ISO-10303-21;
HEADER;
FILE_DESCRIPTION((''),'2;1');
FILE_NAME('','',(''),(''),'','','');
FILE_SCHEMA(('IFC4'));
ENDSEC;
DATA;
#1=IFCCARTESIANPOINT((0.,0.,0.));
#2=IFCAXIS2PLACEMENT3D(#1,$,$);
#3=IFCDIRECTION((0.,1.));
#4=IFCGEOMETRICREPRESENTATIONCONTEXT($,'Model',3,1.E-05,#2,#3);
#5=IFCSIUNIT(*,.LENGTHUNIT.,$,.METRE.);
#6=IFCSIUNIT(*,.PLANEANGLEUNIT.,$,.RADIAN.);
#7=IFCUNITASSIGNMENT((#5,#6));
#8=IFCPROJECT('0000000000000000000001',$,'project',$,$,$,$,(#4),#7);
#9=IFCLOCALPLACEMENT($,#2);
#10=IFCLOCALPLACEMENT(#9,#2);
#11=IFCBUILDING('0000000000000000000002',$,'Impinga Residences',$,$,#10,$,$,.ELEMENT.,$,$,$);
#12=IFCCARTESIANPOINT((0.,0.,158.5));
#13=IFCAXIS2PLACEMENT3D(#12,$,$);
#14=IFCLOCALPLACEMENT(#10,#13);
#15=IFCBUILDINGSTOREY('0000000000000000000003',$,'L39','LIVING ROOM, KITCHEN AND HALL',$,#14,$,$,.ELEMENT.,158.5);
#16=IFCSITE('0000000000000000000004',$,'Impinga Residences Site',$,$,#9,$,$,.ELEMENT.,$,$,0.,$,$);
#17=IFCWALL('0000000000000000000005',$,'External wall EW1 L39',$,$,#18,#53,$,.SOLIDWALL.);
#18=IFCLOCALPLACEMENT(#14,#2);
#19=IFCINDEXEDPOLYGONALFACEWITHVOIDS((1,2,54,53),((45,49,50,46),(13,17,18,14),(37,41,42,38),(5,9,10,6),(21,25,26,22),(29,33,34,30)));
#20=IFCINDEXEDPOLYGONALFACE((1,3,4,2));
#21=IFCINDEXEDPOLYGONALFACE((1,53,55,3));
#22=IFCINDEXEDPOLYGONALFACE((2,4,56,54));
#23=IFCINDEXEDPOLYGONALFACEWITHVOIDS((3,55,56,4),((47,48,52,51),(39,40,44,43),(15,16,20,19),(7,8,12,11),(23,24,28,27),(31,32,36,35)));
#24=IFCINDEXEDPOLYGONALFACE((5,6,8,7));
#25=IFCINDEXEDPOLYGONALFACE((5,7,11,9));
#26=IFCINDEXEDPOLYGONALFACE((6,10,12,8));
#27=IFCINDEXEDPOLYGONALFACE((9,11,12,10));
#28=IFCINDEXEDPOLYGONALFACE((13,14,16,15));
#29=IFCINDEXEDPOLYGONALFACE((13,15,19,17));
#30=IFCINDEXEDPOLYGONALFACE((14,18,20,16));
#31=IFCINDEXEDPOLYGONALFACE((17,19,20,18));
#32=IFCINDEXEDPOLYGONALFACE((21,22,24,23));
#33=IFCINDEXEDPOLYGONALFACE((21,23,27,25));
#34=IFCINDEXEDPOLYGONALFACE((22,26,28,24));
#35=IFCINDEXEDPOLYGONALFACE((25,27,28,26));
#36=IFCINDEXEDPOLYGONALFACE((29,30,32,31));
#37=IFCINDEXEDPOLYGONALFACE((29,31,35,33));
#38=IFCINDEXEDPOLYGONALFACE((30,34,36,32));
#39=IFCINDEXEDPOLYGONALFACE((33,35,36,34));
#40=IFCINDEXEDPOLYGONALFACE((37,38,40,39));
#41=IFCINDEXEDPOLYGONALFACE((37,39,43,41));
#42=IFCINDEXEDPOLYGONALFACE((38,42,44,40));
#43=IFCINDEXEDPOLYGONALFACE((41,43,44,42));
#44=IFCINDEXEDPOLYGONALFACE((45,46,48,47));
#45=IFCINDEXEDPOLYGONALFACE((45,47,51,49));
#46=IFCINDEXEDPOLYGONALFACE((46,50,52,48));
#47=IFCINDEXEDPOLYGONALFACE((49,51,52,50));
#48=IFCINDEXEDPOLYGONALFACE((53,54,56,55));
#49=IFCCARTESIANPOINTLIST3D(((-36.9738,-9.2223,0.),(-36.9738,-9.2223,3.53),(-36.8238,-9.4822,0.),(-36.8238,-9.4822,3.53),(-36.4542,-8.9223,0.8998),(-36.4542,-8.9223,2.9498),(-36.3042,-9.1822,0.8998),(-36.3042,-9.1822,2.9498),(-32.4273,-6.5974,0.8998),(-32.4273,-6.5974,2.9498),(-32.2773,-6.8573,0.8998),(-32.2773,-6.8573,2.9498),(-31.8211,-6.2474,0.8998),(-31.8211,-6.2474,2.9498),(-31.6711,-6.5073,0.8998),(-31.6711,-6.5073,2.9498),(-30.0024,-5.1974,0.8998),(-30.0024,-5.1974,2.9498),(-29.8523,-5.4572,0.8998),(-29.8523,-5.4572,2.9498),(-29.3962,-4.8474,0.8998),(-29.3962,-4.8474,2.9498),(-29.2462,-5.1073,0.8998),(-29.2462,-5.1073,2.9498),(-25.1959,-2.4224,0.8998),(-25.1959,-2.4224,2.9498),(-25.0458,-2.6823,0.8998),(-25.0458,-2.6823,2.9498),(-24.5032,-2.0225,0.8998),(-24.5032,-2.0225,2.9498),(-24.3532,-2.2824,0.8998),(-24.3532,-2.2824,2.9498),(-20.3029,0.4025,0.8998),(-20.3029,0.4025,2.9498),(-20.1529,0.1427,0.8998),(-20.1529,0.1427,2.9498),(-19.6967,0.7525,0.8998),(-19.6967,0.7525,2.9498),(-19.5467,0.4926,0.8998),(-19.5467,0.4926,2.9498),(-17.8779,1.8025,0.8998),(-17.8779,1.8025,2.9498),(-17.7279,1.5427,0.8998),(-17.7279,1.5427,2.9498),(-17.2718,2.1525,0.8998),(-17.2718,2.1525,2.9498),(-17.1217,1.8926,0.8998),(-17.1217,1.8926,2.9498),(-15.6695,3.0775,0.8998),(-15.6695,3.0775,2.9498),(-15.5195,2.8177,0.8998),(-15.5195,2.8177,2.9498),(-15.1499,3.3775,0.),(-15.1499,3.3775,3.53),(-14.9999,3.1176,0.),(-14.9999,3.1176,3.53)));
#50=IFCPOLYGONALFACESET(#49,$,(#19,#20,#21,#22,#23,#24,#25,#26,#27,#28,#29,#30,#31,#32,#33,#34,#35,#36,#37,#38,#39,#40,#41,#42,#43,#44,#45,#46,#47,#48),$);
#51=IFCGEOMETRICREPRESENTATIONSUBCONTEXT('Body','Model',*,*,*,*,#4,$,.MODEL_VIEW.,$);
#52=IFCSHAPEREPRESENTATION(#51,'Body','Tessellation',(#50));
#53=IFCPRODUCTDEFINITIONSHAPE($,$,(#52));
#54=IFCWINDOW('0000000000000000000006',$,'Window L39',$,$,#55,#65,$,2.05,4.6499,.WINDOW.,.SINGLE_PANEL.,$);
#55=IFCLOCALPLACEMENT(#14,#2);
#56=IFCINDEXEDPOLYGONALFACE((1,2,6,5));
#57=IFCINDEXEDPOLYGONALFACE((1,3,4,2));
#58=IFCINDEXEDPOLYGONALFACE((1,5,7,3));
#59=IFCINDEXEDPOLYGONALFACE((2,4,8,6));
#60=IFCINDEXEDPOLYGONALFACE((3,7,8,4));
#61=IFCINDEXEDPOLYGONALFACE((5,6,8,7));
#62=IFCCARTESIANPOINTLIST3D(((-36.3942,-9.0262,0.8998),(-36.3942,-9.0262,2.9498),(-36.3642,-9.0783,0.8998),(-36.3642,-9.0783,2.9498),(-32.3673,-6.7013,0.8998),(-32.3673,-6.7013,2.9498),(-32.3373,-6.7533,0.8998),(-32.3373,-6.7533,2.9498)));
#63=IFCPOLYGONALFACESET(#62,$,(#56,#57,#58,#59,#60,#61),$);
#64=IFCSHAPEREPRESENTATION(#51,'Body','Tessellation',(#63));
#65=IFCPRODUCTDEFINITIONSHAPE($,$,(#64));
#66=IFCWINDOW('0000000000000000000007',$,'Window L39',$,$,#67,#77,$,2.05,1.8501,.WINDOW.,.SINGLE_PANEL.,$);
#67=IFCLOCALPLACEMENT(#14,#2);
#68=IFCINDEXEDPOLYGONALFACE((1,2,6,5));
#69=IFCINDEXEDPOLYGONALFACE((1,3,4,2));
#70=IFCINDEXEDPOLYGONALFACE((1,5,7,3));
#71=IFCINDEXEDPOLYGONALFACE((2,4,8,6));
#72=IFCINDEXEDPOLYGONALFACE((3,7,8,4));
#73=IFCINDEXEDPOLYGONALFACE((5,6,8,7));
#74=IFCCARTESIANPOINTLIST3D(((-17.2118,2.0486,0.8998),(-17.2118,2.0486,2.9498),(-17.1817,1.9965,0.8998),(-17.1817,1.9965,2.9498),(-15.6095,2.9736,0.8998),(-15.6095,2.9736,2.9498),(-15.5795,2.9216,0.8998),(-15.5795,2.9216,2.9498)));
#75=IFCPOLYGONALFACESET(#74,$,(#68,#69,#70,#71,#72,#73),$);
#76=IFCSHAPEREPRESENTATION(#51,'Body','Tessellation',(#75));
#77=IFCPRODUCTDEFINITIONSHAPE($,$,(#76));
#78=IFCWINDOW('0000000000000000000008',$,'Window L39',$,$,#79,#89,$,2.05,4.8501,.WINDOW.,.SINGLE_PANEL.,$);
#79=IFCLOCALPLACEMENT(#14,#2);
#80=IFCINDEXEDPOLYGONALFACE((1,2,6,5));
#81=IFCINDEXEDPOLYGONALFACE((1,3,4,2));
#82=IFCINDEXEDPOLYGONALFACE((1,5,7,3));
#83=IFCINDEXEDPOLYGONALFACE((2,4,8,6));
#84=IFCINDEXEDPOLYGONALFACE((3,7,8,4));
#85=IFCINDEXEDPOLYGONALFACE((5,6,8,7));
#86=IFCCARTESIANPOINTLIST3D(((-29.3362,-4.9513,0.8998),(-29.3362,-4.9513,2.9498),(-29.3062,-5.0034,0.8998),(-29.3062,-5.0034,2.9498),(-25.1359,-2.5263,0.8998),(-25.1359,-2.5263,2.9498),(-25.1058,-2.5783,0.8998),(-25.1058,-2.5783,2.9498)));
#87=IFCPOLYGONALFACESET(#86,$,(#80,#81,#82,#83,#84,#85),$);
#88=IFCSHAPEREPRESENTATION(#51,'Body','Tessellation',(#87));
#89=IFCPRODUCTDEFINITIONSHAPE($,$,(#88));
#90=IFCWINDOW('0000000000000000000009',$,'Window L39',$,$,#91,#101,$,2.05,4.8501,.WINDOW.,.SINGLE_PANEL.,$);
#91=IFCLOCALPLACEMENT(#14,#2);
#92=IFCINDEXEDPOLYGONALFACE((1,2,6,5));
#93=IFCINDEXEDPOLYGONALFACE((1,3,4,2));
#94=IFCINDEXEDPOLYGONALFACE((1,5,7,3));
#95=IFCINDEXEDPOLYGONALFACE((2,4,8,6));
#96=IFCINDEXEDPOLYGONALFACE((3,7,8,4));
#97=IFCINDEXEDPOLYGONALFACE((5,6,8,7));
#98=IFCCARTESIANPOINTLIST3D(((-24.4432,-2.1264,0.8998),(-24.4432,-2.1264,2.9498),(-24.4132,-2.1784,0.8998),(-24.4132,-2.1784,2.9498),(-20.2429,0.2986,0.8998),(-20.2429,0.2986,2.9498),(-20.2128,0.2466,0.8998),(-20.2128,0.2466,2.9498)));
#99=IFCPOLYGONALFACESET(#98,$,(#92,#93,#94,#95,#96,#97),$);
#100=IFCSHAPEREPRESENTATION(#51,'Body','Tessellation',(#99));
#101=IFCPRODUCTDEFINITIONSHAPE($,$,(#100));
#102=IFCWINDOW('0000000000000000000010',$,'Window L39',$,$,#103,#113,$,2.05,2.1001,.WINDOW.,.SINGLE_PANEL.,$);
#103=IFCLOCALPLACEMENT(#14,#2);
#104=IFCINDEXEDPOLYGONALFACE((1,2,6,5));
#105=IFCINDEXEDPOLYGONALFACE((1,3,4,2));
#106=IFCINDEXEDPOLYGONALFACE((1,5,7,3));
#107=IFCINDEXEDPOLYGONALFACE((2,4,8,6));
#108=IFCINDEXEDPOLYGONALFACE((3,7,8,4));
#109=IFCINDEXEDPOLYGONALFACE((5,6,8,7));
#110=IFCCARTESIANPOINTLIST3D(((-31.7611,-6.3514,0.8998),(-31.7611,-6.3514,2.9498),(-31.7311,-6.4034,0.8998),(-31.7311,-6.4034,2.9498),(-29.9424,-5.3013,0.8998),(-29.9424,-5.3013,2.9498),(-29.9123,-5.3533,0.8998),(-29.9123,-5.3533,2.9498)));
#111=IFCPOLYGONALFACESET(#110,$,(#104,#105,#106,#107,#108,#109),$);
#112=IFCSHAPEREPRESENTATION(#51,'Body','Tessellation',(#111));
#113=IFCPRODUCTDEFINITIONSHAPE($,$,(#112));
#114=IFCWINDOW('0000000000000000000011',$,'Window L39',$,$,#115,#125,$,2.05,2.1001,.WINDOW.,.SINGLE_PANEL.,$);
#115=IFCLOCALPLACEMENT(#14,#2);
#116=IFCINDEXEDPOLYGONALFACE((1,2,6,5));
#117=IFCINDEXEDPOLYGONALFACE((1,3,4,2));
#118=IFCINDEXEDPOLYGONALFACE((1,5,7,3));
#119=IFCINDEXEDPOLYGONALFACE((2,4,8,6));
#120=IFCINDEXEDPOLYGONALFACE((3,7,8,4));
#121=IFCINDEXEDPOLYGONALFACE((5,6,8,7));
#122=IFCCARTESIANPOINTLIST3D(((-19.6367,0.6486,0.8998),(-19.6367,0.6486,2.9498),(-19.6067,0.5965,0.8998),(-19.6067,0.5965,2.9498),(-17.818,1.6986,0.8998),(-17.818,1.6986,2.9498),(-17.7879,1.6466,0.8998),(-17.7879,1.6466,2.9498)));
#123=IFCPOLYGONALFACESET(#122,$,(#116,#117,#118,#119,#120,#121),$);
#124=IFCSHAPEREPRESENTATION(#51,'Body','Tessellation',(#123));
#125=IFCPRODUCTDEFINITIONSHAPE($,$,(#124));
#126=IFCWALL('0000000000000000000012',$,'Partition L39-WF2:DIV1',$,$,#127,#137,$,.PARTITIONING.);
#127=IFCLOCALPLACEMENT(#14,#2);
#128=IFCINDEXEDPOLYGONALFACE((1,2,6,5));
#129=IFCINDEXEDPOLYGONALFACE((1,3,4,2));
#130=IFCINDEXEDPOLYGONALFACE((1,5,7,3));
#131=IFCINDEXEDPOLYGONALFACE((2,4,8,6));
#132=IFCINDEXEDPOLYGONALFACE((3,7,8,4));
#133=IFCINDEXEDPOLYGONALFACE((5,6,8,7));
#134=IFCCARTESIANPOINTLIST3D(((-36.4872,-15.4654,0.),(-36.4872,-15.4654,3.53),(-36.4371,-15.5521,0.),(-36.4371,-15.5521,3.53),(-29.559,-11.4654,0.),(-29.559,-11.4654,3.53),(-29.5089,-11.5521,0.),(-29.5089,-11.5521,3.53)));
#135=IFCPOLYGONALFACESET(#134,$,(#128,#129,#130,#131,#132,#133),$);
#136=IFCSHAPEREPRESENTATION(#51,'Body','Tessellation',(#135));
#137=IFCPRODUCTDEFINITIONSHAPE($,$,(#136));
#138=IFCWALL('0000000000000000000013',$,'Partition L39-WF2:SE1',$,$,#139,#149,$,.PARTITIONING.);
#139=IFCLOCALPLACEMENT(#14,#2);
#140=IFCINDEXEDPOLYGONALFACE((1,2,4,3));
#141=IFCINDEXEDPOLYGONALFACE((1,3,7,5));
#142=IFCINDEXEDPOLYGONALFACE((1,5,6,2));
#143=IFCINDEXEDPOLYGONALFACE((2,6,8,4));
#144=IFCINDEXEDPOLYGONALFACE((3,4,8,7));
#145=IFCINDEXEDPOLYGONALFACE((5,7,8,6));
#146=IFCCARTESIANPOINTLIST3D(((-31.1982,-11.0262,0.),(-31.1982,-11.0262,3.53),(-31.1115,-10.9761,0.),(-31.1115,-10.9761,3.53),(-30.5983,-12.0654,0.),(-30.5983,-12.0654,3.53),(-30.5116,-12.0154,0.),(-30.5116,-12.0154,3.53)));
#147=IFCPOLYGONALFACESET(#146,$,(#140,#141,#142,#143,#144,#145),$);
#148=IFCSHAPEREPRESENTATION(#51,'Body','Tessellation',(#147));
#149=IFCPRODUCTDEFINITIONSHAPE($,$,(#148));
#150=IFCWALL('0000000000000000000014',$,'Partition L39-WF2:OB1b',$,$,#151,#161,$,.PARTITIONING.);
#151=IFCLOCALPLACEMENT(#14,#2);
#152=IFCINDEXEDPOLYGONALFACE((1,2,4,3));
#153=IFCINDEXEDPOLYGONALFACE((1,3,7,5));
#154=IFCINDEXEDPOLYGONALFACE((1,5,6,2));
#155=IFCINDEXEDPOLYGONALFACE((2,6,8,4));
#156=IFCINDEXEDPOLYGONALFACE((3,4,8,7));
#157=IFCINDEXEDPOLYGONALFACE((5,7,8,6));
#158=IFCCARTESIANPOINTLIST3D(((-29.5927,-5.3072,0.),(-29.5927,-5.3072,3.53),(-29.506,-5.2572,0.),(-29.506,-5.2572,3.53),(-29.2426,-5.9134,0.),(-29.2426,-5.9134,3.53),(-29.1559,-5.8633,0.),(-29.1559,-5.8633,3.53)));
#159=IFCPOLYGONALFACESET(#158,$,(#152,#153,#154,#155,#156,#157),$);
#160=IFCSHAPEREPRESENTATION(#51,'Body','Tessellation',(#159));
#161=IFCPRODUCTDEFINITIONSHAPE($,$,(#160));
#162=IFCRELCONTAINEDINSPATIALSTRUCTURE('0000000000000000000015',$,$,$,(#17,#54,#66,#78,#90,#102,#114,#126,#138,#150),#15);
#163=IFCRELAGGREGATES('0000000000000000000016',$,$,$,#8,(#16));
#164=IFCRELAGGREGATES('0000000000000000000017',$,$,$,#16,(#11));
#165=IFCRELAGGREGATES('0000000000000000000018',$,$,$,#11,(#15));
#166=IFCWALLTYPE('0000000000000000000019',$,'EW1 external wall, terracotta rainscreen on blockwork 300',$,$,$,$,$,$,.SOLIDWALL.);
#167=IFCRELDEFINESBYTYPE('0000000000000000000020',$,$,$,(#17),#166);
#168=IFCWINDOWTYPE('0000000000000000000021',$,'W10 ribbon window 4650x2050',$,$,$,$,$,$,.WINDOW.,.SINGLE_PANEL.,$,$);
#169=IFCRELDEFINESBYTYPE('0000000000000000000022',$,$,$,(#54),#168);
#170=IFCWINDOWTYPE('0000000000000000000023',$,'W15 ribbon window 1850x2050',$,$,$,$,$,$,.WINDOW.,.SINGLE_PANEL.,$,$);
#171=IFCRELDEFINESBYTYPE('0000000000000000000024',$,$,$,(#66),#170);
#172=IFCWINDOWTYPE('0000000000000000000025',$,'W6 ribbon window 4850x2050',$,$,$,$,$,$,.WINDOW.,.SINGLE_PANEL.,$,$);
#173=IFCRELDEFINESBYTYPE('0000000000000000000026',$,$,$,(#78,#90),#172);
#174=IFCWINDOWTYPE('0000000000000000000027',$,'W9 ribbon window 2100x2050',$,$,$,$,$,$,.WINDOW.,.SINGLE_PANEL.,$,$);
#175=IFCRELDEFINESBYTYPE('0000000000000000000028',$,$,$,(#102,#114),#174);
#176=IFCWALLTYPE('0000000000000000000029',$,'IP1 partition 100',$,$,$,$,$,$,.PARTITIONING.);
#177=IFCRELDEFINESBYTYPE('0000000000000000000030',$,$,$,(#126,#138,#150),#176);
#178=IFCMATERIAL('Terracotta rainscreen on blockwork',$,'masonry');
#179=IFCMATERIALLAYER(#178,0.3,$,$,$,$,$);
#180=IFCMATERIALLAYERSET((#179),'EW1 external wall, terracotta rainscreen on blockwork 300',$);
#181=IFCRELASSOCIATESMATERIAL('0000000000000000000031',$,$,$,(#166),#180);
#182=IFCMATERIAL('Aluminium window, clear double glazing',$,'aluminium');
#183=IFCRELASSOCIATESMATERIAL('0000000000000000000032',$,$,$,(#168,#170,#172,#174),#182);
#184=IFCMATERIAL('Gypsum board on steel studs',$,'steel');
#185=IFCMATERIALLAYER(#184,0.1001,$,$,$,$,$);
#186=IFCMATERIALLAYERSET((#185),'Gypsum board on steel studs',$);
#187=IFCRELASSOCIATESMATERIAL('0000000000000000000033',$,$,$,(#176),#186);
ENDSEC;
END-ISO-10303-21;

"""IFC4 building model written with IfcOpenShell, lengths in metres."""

from ifc_helpers import new_model, si_unit, direction, frame, frame_2d, origin, place, context, subcontext, project, spatial, rectangle, extrude, material, layer, layer_set, type_object, element, fill, save


model = new_model("IFC4")

# Units and contexts
model_context = context("Model", 3, precision=1e-05, world=origin(), true_north=direction((0.0, 1.0)))
body_context = subcontext(model_context, "Body", "Model", "MODEL_VIEW")
ifc_project = project(units=[si_unit("LENGTHUNIT", "METRE"), si_unit("PLANEANGLEUNIT", "RADIAN")], contexts=[model_context])

# Site, building, storey
site_placement = place(None, origin())
site = spatial("IfcSite", under=ifc_project, at=site_placement, Name="Impinga Residences Site", CompositionType="ELEMENT", RefElevation=0.0)
building_placement = place(site_placement, origin())
building = spatial("IfcBuilding", under=site, at=building_placement, Name="Impinga Residences", CompositionType="ELEMENT")
storey_placement = place(building_placement, frame((0.0, 0.0, 158.5)))
storey = spatial("IfcBuildingStorey", under=building, at=storey_placement, Name="L39", Description="LIVING ROOM, KITCHEN AND HALL", CompositionType="ELEMENT", Elevation=158.5)

# Shared definitions
ifc_material_1 = material(Name="Terracotta rainscreen on blockwork", Category="masonry")
ifc_layer_1 = layer(ifc_material_1, 0.3)
ifc_layer_set_1 = layer_set([ifc_layer_1], Name="EW1 external wall, terracotta rainscreen on blockwork 300")
wall_type_1 = type_object("IfcWallType", Name="EW1 external wall, terracotta rainscreen on blockwork 300", PredefinedType="SOLIDWALL", material=ifc_layer_set_1)

# Wall, openings, windows
wall_1_placement = place(storey_placement, frame((-36.8989, -9.3523, 0.0), z_axis=(0.0, 0.0, 1.0), x_axis=(0.866029, 0.499993, 0.0)))
wall_1 = element("IfcWall", 1, at=wall_1_placement, inside=storey, type_object=wall_type_1, Name="External wall EW1 L39", PredefinedType="SOLIDWALL", context=body_context, shape_type="SweptSolid", body=[
    extrude(rectangle(XDim=25.2, YDim=0.3, at=frame_2d((12.6001, 0.0))), origin(), (0.0, 0.0, 1.0), 3.53),
])
opening_1_placement = place(wall_1_placement, frame((0.6001, 0.0, 0.8999)))
opening_1 = element("IfcOpeningElement", 2, at=opening_1_placement, cuts=wall_1, PredefinedType="OPENING", context=body_context, shape_type="SweptSolid", body=[
    extrude(rectangle(XDim=4.6499, YDim=2.05, at=frame_2d((2.325, 1.0249))), frame((0.0, 0.1599, 0.0), z_axis=(0.0, -1.0, 0.0), x_axis=(1.0, 0.0, 0.0)), (0.0, 0.0, 1.0), 0.3201),
])
opening_2_placement = place(wall_1_placement, frame((5.95, 0.0, 0.8999)))
opening_2 = element("IfcOpeningElement", 3, at=opening_2_placement, cuts=wall_1, PredefinedType="OPENING", context=body_context, shape_type="SweptSolid", body=[
    extrude(rectangle(XDim=2.1001, YDim=2.05, at=frame_2d((1.05, 1.0249))), frame((0.0, 0.1599, 0.0), z_axis=(0.0, -1.0, 0.0), x_axis=(1.0, 0.0, 0.0)), (0.0, 0.0, 1.0), 0.3201),
])
opening_3_placement = place(wall_1_placement, frame((8.75, 0.0, 0.8999)))
opening_3 = element("IfcOpeningElement", 4, at=opening_3_placement, cuts=wall_1, PredefinedType="OPENING", context=body_context, shape_type="SweptSolid", body=[
    extrude(rectangle(XDim=4.8501, YDim=2.05, at=frame_2d((2.425, 1.0249))), frame((0.0, 0.1599, 0.0), z_axis=(0.0, -1.0, 0.0), x_axis=(1.0, 0.0, 0.0)), (0.0, 0.0, 1.0), 0.3201),
])
opening_4_placement = place(wall_1_placement, frame((14.3999, 0.0, 0.8999)))
opening_4 = element("IfcOpeningElement", 5, at=opening_4_placement, cuts=wall_1, PredefinedType="OPENING", context=body_context, shape_type="SweptSolid", body=[
    extrude(rectangle(XDim=4.8501, YDim=2.05, at=frame_2d((2.425, 1.0249))), frame((0.0, 0.1599, 0.0), z_axis=(0.0, -1.0, 0.0), x_axis=(1.0, 0.0, 0.0)), (0.0, 0.0, 1.0), 0.3201),
])
opening_5_placement = place(wall_1_placement, frame((19.95, 0.0, 0.8999)))
opening_5 = element("IfcOpeningElement", 6, at=opening_5_placement, cuts=wall_1, PredefinedType="OPENING", context=body_context, shape_type="SweptSolid", body=[
    extrude(rectangle(XDim=2.1001, YDim=2.05, at=frame_2d((1.05, 1.0249))), frame((0.0, 0.1599, 0.0), z_axis=(0.0, -1.0, 0.0), x_axis=(1.0, 0.0, 0.0)), (0.0, 0.0, 1.0), 0.3201),
])
opening_6_placement = place(wall_1_placement, frame((22.75, 0.0, 0.8999)))
opening_6 = element("IfcOpeningElement", 7, at=opening_6_placement, cuts=wall_1, PredefinedType="OPENING", context=body_context, shape_type="SweptSolid", body=[
    extrude(rectangle(XDim=1.8501, YDim=2.05, at=frame_2d((0.925, 1.0249))), frame((0.0, 0.1599, 0.0), z_axis=(0.0, -1.0, 0.0), x_axis=(1.0, 0.0, 0.0)), (0.0, 0.0, 1.0), 0.3201),
])
ifc_material_2 = material(Name="Aluminium window, clear double glazing", Category="aluminium")
window_type_1 = type_object("IfcWindowType", Name="W10 ribbon window 4650x2050", PartitioningType="SINGLE_PANEL", PredefinedType="WINDOW", material=ifc_material_2)
window_1_placement = place(opening_1_placement, origin())
window_1 = element("IfcWindow", 8, at=window_1_placement, inside=storey, type_object=window_type_1, Name="Window L39", OverallHeight=2.05, OverallWidth=4.6499, PartitioningType="SINGLE_PANEL", PredefinedType="WINDOW", context=body_context, shape_type="SweptSolid", body=[
    extrude(rectangle(XDim=4.6499, YDim=2.05, at=frame_2d((2.325, 1.0249))), frame((0.0, 0.03, 0.0), z_axis=(0.0, -1.0, 0.0), x_axis=(1.0, 0.0, 0.0)), (0.0, 0.0, 1.0), 0.0601),
])
fill(opening_1, window_1)
window_type_2 = type_object("IfcWindowType", Name="W15 ribbon window 1850x2050", PartitioningType="SINGLE_PANEL", PredefinedType="WINDOW", material=ifc_material_2)
window_2_placement = place(opening_6_placement, origin())
window_2 = element("IfcWindow", 9, at=window_2_placement, inside=storey, type_object=window_type_2, Name="Window L39", OverallHeight=2.05, OverallWidth=1.8501, PartitioningType="SINGLE_PANEL", PredefinedType="WINDOW", context=body_context, shape_type="SweptSolid", body=[
    extrude(rectangle(XDim=1.8501, YDim=2.05, at=frame_2d((0.925, 1.0249))), frame((0.0, 0.03, 0.0), z_axis=(0.0, -1.0, 0.0), x_axis=(1.0, 0.0, 0.0)), (0.0, 0.0, 1.0), 0.0601),
])
fill(opening_6, window_2)
window_type_3 = type_object("IfcWindowType", Name="W6 ribbon window 4850x2050", PartitioningType="SINGLE_PANEL", PredefinedType="WINDOW", material=ifc_material_2)
window_3_placement = place(opening_3_placement, origin())
window_3 = element("IfcWindow", 10, at=window_3_placement, inside=storey, type_object=window_type_3, Name="Window L39", OverallHeight=2.05, OverallWidth=4.8501, PartitioningType="SINGLE_PANEL", PredefinedType="WINDOW", context=body_context, shape_type="SweptSolid", body=[
    extrude(rectangle(XDim=4.8501, YDim=2.05, at=frame_2d((2.425, 1.0249))), frame((0.0, 0.03, 0.0), z_axis=(0.0, -1.0, 0.0), x_axis=(1.0, 0.0, 0.0)), (0.0, 0.0, 1.0), 0.0601),
])
fill(opening_3, window_3)
window_4_placement = place(opening_4_placement, origin())
window_4 = element("IfcWindow", 11, at=window_4_placement, inside=storey, type_object=window_type_3, Name="Window L39", OverallHeight=2.05, OverallWidth=4.8501, PartitioningType="SINGLE_PANEL", PredefinedType="WINDOW", context=body_context, shape_type="SweptSolid", body=[
    extrude(rectangle(XDim=4.8501, YDim=2.05, at=frame_2d((2.425, 1.0249))), frame((0.0, 0.03, 0.0), z_axis=(0.0, -1.0, 0.0), x_axis=(1.0, 0.0, 0.0)), (0.0, 0.0, 1.0), 0.0601),
])
fill(opening_4, window_4)
window_type_4 = type_object("IfcWindowType", Name="W9 ribbon window 2100x2050", PartitioningType="SINGLE_PANEL", PredefinedType="WINDOW", material=ifc_material_2)
window_5_placement = place(opening_2_placement, origin())
window_5 = element("IfcWindow", 12, at=window_5_placement, inside=storey, type_object=window_type_4, Name="Window L39", OverallHeight=2.05, OverallWidth=2.1001, PartitioningType="SINGLE_PANEL", PredefinedType="WINDOW", context=body_context, shape_type="SweptSolid", body=[
    extrude(rectangle(XDim=2.1001, YDim=2.05, at=frame_2d((1.05, 1.0249))), frame((0.0, 0.03, 0.0), z_axis=(0.0, -1.0, 0.0), x_axis=(1.0, 0.0, 0.0)), (0.0, 0.0, 1.0), 0.0601),
])
fill(opening_2, window_5)
window_6_placement = place(opening_5_placement, origin())
window_6 = element("IfcWindow", 13, at=window_6_placement, inside=storey, type_object=window_type_4, Name="Window L39", OverallHeight=2.05, OverallWidth=2.1001, PartitioningType="SINGLE_PANEL", PredefinedType="WINDOW", context=body_context, shape_type="SweptSolid", body=[
    extrude(rectangle(XDim=2.1001, YDim=2.05, at=frame_2d((1.05, 1.0249))), frame((0.0, 0.03, 0.0), z_axis=(0.0, -1.0, 0.0), x_axis=(1.0, 0.0, 0.0)), (0.0, 0.0, 1.0), 0.0601),
])
fill(opening_5, window_6)

# Walls
ifc_material_3 = material(Name="Gypsum board on steel studs", Category="steel")
ifc_layer_2 = layer(ifc_material_3, 0.1001)
ifc_layer_set_2 = layer_set([ifc_layer_2], Name="Gypsum board on steel studs")
wall_type_2 = type_object("IfcWallType", Name="IP1 partition 100", PredefinedType="PARTITIONING", material=ifc_layer_set_2)
wall_2_placement = place(storey_placement, frame((-29.5339, -11.5088, 0.0), z_axis=(0.0, 0.0, 1.0), x_axis=(-0.866026, -0.499999, 0.0)))
element("IfcWall", 14, at=wall_2_placement, inside=storey, type_object=wall_type_2, Name="Partition L39-WF2:DIV1", PredefinedType="PARTITIONING", context=body_context, shape_type="SweptSolid", body=[
    extrude(rectangle(XDim=8.0, YDim=0.1001, at=frame_2d((4.0, 0.0))), origin(), (0.0, 0.0, 1.0), 3.53),
])
wall_3_placement = place(storey_placement, frame((-30.5549, -12.0405, 0.0), z_axis=(0.0, 0.0, 1.0), x_axis=(-0.499881, 0.866094, 0.0)))
element("IfcWall", 15, at=wall_3_placement, inside=storey, type_object=wall_type_2, Name="Partition L39-WF2:SE1", PredefinedType="PARTITIONING", context=body_context, shape_type="SweptSolid", body=[
    extrude(rectangle(XDim=1.2, YDim=0.1001, at=frame_2d((0.6001, 0.0))), origin(), (0.0, 0.0, 1.0), 3.53),
])
wall_4_placement = place(storey_placement, frame((-29.1992, -5.8884, 0.0), z_axis=(0.0, 0.0, 1.0), x_axis=(-0.500115, 0.865959, 0.0)))
element("IfcWall", 16, at=wall_4_placement, inside=storey, type_object=wall_type_2, Name="Partition L39-WF2:OB1b", PredefinedType="PARTITIONING", context=body_context, shape_type="SweptSolid", body=[
    extrude(rectangle(XDim=0.7, YDim=0.1001, at=frame_2d((0.3501, 0.0))), origin(), (0.0, 0.0, 1.0), 3.53),
])

save(model, "model.ifc")
